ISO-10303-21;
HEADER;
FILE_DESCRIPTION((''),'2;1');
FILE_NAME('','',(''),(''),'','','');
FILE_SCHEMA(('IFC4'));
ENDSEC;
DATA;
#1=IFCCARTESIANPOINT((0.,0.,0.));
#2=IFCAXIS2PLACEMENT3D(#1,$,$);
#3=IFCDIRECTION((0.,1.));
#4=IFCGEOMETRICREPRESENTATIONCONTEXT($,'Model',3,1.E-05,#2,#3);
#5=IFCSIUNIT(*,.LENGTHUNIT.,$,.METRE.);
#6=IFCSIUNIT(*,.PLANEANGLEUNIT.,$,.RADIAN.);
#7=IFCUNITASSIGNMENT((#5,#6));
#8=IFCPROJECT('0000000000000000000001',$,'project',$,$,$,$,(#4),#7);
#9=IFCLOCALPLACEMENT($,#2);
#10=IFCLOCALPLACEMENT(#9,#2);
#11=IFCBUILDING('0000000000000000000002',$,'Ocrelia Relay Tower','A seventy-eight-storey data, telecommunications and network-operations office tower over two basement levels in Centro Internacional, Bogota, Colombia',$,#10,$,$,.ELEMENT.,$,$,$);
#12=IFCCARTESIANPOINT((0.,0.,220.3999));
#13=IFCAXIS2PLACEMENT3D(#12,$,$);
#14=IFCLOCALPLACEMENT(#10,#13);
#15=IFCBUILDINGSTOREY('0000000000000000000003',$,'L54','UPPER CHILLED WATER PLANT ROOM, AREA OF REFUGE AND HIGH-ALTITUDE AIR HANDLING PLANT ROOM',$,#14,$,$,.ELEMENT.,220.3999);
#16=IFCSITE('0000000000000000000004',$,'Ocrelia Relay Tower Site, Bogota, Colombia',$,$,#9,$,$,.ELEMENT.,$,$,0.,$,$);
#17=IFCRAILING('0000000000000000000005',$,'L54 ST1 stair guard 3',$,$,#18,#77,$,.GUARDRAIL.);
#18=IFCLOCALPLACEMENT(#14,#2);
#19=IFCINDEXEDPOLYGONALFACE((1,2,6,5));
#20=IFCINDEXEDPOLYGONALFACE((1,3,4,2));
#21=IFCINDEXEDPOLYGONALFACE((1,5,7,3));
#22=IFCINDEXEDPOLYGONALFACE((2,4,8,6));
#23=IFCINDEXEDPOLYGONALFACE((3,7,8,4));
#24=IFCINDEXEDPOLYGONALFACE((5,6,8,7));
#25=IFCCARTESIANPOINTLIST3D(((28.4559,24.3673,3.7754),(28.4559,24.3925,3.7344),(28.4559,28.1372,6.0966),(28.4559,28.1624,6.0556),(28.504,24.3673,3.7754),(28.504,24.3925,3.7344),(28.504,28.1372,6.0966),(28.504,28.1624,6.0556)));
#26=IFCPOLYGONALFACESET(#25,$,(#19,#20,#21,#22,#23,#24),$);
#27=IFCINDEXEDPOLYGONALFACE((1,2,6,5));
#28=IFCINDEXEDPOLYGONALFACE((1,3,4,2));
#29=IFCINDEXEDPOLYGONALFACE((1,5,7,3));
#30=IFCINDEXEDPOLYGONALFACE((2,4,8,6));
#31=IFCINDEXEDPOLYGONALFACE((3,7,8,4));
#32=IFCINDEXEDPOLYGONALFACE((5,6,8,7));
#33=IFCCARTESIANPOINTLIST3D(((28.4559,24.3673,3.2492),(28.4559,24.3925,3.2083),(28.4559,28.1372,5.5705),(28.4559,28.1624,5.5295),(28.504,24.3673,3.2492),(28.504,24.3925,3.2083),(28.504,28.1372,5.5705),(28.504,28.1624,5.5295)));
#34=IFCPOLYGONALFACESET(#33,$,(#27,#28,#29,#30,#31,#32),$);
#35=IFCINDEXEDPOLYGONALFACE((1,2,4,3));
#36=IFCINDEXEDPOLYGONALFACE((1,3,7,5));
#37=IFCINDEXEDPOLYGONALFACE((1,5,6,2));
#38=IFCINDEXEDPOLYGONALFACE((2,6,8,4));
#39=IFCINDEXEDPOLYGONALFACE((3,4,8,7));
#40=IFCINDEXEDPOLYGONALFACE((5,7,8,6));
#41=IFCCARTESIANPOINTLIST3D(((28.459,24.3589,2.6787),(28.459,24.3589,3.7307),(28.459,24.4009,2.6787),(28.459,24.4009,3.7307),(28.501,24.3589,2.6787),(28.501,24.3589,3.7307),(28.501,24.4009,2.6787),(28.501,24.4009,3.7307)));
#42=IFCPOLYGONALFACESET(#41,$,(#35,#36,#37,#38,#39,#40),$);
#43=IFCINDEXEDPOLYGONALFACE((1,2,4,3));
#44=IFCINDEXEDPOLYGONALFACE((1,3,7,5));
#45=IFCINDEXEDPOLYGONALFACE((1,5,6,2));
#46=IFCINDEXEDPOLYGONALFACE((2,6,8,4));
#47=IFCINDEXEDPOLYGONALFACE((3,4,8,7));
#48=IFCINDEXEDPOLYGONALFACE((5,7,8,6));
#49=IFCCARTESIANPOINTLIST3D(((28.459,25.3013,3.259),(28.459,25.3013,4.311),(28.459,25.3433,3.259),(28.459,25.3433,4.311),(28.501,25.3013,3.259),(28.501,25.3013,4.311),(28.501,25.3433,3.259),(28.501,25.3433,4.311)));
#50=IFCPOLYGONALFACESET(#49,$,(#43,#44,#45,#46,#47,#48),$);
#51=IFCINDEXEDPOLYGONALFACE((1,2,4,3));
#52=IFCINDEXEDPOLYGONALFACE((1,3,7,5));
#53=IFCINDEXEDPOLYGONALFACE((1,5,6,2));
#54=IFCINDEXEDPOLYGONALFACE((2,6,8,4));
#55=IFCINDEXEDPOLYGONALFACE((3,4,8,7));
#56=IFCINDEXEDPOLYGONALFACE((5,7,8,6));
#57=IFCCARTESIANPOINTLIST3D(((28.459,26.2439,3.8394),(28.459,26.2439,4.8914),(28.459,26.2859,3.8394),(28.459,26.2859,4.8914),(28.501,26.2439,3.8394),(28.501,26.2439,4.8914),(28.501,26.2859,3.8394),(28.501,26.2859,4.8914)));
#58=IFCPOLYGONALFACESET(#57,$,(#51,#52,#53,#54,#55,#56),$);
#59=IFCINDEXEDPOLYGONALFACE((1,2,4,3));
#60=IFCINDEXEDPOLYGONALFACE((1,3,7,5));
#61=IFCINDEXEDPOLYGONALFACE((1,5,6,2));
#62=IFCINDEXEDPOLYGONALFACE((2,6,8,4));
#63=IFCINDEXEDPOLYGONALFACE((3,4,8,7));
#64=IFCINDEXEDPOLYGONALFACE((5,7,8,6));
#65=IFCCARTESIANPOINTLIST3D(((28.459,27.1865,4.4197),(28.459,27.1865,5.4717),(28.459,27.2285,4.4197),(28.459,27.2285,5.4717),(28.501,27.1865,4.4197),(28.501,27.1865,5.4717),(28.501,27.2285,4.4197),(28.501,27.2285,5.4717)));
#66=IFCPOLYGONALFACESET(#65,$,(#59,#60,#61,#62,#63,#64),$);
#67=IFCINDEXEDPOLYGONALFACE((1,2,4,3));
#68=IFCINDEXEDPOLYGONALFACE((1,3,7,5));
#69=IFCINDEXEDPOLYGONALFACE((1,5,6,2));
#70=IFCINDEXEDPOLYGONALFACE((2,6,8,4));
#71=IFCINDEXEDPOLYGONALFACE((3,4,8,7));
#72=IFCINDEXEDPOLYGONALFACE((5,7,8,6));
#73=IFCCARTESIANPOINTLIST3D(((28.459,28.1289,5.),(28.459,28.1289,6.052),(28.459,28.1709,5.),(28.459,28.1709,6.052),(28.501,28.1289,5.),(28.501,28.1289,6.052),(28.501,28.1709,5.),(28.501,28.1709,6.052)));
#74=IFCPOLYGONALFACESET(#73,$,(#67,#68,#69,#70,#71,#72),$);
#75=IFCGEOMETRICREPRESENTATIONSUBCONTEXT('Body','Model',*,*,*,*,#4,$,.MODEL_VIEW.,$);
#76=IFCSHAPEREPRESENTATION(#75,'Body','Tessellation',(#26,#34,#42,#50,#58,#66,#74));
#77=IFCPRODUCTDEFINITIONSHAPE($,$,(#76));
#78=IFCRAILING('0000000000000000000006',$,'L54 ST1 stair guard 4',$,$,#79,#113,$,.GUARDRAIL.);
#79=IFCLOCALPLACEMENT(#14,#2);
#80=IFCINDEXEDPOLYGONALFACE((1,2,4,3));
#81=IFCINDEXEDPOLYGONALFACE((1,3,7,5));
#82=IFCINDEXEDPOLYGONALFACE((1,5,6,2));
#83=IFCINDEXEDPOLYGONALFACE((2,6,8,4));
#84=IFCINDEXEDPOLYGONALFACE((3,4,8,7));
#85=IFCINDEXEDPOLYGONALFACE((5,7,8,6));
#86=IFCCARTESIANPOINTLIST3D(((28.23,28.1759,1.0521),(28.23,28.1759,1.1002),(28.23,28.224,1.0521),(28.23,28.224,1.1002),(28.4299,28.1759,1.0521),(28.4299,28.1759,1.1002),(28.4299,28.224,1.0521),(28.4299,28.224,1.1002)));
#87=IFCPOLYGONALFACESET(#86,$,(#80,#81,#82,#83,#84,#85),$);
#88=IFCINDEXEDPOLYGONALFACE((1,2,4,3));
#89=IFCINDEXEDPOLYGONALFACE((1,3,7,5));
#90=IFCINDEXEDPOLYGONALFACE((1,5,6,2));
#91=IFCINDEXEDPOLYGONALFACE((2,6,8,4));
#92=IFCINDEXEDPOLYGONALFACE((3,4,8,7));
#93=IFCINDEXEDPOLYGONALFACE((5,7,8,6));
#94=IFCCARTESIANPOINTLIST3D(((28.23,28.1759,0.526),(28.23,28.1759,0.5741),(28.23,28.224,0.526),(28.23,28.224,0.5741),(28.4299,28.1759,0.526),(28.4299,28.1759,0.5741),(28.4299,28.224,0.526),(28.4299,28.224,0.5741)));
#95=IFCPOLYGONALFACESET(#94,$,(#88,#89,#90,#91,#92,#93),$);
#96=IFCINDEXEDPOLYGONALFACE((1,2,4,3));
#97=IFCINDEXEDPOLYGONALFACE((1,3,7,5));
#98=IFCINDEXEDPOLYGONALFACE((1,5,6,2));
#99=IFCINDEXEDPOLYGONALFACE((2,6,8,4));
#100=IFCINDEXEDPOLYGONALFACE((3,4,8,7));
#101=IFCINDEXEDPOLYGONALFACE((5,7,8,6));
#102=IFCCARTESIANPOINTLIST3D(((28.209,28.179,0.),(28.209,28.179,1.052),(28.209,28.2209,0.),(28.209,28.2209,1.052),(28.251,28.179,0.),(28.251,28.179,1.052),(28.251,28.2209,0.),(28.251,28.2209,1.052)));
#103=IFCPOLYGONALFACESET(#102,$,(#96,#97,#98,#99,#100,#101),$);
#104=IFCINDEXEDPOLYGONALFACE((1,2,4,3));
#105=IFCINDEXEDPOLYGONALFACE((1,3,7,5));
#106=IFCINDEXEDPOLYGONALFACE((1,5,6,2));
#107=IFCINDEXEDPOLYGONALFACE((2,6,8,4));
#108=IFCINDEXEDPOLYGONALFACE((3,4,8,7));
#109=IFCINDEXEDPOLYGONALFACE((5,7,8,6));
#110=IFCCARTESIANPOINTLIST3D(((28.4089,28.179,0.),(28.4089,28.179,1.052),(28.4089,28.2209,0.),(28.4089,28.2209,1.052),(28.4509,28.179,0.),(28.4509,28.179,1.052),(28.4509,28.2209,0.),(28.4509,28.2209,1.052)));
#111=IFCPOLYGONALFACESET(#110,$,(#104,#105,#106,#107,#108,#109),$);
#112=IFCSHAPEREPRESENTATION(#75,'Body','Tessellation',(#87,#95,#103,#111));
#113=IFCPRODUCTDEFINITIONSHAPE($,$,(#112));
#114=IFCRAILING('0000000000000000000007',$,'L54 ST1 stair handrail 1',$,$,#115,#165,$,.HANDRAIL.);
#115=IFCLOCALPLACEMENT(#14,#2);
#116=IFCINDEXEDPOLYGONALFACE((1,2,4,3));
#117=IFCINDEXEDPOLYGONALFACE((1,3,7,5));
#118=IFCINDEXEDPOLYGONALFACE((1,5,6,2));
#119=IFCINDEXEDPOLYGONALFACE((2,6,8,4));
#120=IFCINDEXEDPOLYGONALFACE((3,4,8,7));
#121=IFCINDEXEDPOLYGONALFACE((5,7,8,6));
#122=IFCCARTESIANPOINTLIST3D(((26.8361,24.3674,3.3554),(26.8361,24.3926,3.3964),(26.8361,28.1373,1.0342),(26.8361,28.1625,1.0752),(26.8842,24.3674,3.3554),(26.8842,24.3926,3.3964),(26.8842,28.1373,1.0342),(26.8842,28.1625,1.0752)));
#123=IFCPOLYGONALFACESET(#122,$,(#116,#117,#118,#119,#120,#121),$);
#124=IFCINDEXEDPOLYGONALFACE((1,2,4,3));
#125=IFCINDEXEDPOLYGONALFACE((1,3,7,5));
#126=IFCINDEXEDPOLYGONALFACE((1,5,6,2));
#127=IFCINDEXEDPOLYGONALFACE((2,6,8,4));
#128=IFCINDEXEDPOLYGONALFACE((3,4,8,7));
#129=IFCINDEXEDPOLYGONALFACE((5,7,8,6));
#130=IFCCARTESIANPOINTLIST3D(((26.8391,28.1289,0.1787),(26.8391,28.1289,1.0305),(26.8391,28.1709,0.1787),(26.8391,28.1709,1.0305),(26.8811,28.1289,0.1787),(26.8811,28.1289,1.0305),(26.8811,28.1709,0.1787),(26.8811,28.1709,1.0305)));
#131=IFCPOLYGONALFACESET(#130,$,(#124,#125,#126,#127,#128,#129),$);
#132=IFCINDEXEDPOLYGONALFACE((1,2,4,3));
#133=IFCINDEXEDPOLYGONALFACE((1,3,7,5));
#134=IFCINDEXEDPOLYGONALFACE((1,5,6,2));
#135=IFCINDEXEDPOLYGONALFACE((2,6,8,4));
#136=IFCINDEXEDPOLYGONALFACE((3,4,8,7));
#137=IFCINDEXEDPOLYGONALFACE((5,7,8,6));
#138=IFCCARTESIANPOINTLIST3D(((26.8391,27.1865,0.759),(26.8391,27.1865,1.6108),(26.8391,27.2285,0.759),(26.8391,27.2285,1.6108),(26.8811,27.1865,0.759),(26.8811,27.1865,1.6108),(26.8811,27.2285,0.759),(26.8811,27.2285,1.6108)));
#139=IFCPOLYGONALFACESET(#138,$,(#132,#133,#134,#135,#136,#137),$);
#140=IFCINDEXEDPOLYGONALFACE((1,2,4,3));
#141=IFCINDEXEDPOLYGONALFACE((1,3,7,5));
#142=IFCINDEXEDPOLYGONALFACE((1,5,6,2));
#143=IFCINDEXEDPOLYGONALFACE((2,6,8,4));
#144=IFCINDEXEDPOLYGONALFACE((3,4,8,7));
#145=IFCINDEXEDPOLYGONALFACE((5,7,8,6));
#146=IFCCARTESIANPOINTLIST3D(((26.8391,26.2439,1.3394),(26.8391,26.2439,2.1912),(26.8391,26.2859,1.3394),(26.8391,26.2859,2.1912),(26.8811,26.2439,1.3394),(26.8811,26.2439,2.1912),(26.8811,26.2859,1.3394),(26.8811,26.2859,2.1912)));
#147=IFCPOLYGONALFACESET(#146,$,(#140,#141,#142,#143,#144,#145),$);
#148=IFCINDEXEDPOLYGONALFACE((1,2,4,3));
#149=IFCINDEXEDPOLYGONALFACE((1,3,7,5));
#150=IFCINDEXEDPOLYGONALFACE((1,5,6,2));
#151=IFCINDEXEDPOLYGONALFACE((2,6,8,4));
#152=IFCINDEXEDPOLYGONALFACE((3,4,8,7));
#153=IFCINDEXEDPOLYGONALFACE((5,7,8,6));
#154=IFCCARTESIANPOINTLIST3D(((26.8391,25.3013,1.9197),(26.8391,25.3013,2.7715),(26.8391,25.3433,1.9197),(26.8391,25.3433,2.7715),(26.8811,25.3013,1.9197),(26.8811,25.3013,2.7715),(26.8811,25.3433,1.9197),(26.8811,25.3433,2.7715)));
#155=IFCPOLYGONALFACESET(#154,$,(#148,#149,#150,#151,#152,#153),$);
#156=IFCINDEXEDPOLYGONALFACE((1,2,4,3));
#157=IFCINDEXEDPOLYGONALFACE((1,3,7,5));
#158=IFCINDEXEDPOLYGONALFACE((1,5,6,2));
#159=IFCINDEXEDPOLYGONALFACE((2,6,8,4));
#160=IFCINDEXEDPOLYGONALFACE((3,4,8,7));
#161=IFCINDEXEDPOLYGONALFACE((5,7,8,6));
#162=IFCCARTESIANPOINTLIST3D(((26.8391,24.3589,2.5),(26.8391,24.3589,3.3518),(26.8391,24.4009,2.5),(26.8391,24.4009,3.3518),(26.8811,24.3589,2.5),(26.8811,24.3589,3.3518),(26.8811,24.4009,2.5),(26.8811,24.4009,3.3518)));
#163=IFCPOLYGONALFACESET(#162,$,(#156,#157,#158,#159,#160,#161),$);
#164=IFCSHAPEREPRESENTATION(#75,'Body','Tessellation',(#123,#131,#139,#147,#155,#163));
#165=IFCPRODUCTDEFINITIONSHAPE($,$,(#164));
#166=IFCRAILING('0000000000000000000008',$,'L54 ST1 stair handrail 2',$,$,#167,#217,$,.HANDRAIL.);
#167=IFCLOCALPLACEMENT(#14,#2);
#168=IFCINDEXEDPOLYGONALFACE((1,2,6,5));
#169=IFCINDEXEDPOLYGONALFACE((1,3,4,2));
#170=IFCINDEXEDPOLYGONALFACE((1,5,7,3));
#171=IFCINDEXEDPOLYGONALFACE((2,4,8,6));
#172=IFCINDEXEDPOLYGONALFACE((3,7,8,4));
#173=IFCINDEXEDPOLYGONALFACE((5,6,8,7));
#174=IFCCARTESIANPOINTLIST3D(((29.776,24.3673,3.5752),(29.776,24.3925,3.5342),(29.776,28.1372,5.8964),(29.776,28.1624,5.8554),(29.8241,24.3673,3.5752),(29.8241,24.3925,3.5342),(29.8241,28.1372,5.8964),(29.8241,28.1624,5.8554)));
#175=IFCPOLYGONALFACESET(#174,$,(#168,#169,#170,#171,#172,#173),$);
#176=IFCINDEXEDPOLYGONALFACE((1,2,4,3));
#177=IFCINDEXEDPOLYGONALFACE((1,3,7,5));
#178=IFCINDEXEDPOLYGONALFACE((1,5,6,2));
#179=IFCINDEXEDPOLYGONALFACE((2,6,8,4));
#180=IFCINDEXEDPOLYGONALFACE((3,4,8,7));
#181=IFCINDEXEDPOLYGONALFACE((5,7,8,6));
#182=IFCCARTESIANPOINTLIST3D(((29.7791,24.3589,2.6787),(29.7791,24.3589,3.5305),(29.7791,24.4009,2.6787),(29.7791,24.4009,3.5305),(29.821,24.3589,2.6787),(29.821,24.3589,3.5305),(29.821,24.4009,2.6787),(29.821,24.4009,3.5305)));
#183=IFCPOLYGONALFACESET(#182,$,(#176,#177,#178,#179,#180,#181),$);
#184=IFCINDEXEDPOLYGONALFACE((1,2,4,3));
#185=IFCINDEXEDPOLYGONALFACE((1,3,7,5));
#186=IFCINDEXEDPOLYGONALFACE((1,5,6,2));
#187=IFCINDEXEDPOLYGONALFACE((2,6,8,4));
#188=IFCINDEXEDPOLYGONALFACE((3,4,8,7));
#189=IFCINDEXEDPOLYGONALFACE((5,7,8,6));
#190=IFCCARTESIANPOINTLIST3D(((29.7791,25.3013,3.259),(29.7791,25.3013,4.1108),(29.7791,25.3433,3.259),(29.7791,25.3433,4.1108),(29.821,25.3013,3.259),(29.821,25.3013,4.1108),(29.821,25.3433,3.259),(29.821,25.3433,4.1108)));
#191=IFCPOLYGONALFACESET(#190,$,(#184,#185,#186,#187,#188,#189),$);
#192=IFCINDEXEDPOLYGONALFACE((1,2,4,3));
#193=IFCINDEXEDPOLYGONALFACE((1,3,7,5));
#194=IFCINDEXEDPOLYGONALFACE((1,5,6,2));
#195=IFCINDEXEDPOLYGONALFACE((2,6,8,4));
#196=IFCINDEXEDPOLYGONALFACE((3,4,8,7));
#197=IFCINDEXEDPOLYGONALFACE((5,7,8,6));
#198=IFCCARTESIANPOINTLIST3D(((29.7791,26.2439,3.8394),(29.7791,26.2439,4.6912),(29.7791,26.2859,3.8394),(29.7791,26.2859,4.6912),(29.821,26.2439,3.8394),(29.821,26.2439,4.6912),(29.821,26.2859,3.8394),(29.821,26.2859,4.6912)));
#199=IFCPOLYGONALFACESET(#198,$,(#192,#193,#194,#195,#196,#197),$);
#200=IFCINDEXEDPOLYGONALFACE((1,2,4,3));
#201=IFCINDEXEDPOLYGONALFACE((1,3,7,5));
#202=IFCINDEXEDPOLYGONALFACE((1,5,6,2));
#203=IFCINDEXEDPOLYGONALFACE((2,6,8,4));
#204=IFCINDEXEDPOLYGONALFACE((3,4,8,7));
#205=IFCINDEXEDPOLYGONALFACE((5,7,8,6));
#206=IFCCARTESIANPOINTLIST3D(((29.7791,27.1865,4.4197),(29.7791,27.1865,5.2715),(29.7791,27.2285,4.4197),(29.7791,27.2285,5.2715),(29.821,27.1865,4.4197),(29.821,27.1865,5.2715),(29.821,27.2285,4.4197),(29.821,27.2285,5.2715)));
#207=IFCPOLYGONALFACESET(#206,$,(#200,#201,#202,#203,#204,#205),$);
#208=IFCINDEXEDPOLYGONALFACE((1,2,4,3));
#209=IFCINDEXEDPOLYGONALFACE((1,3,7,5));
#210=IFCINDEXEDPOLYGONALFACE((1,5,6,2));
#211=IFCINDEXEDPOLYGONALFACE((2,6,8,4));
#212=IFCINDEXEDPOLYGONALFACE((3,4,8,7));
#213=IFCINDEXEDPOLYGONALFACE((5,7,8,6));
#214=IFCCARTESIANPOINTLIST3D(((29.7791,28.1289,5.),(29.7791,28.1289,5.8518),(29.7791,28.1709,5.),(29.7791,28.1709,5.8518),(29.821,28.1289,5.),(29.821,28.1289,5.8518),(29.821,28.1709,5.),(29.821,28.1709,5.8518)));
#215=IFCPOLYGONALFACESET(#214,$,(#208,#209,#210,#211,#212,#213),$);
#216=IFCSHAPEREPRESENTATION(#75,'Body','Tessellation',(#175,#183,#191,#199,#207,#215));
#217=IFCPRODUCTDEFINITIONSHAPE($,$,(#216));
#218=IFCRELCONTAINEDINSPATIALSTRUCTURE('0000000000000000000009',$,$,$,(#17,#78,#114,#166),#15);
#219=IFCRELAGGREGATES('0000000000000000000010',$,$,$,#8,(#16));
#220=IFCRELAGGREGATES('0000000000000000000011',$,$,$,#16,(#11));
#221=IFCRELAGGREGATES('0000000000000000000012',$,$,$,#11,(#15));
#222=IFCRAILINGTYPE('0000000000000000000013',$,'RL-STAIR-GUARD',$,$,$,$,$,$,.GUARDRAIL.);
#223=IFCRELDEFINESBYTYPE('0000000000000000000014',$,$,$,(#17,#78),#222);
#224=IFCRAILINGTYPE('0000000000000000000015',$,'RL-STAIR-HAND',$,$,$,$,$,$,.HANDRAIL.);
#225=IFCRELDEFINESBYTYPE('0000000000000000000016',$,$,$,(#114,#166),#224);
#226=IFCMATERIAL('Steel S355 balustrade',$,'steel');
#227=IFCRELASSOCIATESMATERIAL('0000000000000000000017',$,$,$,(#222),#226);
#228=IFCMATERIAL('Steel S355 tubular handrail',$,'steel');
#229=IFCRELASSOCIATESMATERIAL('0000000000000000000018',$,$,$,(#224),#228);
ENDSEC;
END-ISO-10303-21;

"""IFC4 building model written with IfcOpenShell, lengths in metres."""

from ifc_helpers import new_model, si_unit, direction, frame, origin, origin_2d, place, context, subcontext, project, spatial, rectangle, extrude, material, type_object, element, save


model = new_model("IFC4")

# Units and contexts
model_context = context("Model", 3, precision=1e-05, world=origin(), true_north=direction((0.0, 1.0)))
body_context = subcontext(model_context, "Body", "Model", "MODEL_VIEW")
ifc_project = project(units=[si_unit("LENGTHUNIT", "METRE"), si_unit("PLANEANGLEUNIT", "RADIAN")], contexts=[model_context])

# Site, building, storey
site_placement = place(None, origin())
site = spatial("IfcSite", under=ifc_project, at=site_placement, Name="Ocrelia Relay Tower Site, Bogota, Colombia", CompositionType="ELEMENT", RefElevation=0.0)
building_placement = place(site_placement, origin())
building = spatial("IfcBuilding", under=site, at=building_placement, Name="Ocrelia Relay Tower", Description="A seventy-eight-storey data, telecommunications and network-operations office tower over two basement levels in Centro Internacional, Bogota, Colombia", CompositionType="ELEMENT")
storey_placement = place(building_placement, frame((0.0, 0.0, 220.3999)))
storey = spatial("IfcBuildingStorey", under=building, at=storey_placement, Name="L54", Description="UPPER CHILLED WATER PLANT ROOM, AREA OF REFUGE AND HIGH-ALTITUDE AIR HANDLING PLANT ROOM", CompositionType="ELEMENT", Elevation=220.3999)

# Railings
ifc_material_1 = material(Name="Steel S355 balustrade", Category="steel")
railing_type_1 = type_object("IfcRailingType", Name="RL-STAIR-GUARD", PredefinedType="GUARDRAIL", material=ifc_material_1)
railing_1_placement = place(storey_placement, frame((28.48, 24.3799, 2.6787)))
element("IfcRailing", 1, at=railing_1_placement, inside=storey, type_object=railing_type_1, Name="L54 ST1 stair guard 3", PredefinedType="GUARDRAIL", context=body_context, shape_type="SweptSolid", body=[
    extrude(rectangle(XDim=0.0481, YDim=0.0481, at=origin_2d()), frame((0.0, 0.0, 1.0762), z_axis=(0.0, 0.85153, 0.524307), x_axis=(-1.0, 0.0, 0.0)), (0.0, 0.0, 1.0), 4.4272),
    extrude(rectangle(XDim=0.0481, YDim=0.0481, at=origin_2d()), frame((0.0, 0.0, 0.55), z_axis=(0.0, 0.85153, 0.524307), x_axis=(-1.0, 0.0, 0.0)), (0.0, 0.0, 1.0), 4.4272),
    extrude(rectangle(XDim=0.042, YDim=0.042, at=origin_2d()), origin(), (0.0, 0.0, 1.0), 1.052),
    extrude(rectangle(XDim=0.042, YDim=0.042, at=origin_2d()), frame((0.0, 0.9424, 0.5803)), (0.0, 0.0, 1.0), 1.052),
    extrude(rectangle(XDim=0.042, YDim=0.042, at=origin_2d()), frame((0.0, 1.885, 1.1606)), (0.0, 0.0, 1.0), 1.052),
    extrude(rectangle(XDim=0.042, YDim=0.042, at=origin_2d()), frame((0.0, 2.8276, 1.741)), (0.0, 0.0, 1.0), 1.052),
    extrude(rectangle(XDim=0.042, YDim=0.042, at=origin_2d()), frame((0.0, 3.77, 2.3213)), (0.0, 0.0, 1.0), 1.052),
])
railing_2_placement = place(storey_placement, frame((28.23, 28.2, 0.0)))
element("IfcRailing", 2, at=railing_2_placement, inside=storey, type_object=railing_type_1, Name="L54 ST1 stair guard 4", PredefinedType="GUARDRAIL", context=body_context, shape_type="SweptSolid", body=[
    extrude(rectangle(XDim=0.0481, YDim=0.0481, at=origin_2d()), frame((0.0, 0.0, 1.0762), z_axis=(1.0, 0.0, 0.0), x_axis=(0.0, 1.0, 0.0)), (0.0, 0.0, 1.0), 0.2),
    extrude(rectangle(XDim=0.0481, YDim=0.0481, at=origin_2d()), frame((0.0, 0.0, 0.55), z_axis=(1.0, 0.0, 0.0), x_axis=(0.0, 1.0, 0.0)), (0.0, 0.0, 1.0), 0.2),
    extrude(rectangle(XDim=0.042, YDim=0.042, at=origin_2d()), origin(), (0.0, 0.0, 1.0), 1.052),
    extrude(rectangle(XDim=0.042, YDim=0.042, at=origin_2d()), frame((0.2, 0.0, 0.0)), (0.0, 0.0, 1.0), 1.052),
])
ifc_material_2 = material(Name="Steel S355 tubular handrail", Category="steel")
railing_type_2 = type_object("IfcRailingType", Name="RL-STAIR-HAND", PredefinedType="HANDRAIL", material=ifc_material_2)
railing_3_placement = place(storey_placement, frame((26.8601, 28.1499, 0.1787)))
element("IfcRailing", 3, at=railing_3_placement, inside=storey, type_object=railing_type_2, Name="L54 ST1 stair handrail 1", PredefinedType="HANDRAIL", context=body_context, shape_type="SweptSolid", body=[
    extrude(rectangle(XDim=0.0481, YDim=0.0481, at=origin_2d()), frame((0.0, 0.0, 0.876), z_axis=(0.0, -0.85153, 0.524307), x_axis=(1.0, 0.0, 0.0)), (0.0, 0.0, 1.0), 4.4272),
    extrude(rectangle(XDim=0.042, YDim=0.042, at=origin_2d()), origin(), (0.0, 0.0, 1.0), 0.8518),
    extrude(rectangle(XDim=0.042, YDim=0.042, at=origin_2d()), frame((0.0, -0.9424, 0.5803)), (0.0, 0.0, 1.0), 0.8518),
    extrude(rectangle(XDim=0.042, YDim=0.042, at=origin_2d()), frame((0.0, -1.885, 1.1606)), (0.0, 0.0, 1.0), 0.8518),
    extrude(rectangle(XDim=0.042, YDim=0.042, at=origin_2d()), frame((0.0, -2.8276, 1.741)), (0.0, 0.0, 1.0), 0.8518),
    extrude(rectangle(XDim=0.042, YDim=0.042, at=origin_2d()), frame((0.0, -3.77, 2.3213)), (0.0, 0.0, 1.0), 0.8518),
])
railing_4_placement = place(storey_placement, frame((29.8, 24.3799, 2.6787)))
element("IfcRailing", 4, at=railing_4_placement, inside=storey, type_object=railing_type_2, Name="L54 ST1 stair handrail 2", PredefinedType="HANDRAIL", context=body_context, shape_type="SweptSolid", body=[
    extrude(rectangle(XDim=0.0481, YDim=0.0481, at=origin_2d()), frame((0.0, 0.0, 0.876), z_axis=(0.0, 0.85153, 0.524307), x_axis=(-1.0, 0.0, 0.0)), (0.0, 0.0, 1.0), 4.4272),
    extrude(rectangle(XDim=0.042, YDim=0.042, at=origin_2d()), origin(), (0.0, 0.0, 1.0), 0.8518),
    extrude(rectangle(XDim=0.042, YDim=0.042, at=origin_2d()), frame((0.0, 0.9424, 0.5803)), (0.0, 0.0, 1.0), 0.8518),
    extrude(rectangle(XDim=0.042, YDim=0.042, at=origin_2d()), frame((0.0, 1.885, 1.1606)), (0.0, 0.0, 1.0), 0.8518),
    extrude(rectangle(XDim=0.042, YDim=0.042, at=origin_2d()), frame((0.0, 2.8276, 1.741)), (0.0, 0.0, 1.0), 0.8518),
    extrude(rectangle(XDim=0.042, YDim=0.042, at=origin_2d()), frame((0.0, 3.77, 2.3213)), (0.0, 0.0, 1.0), 0.8518),
])

save(model, "model.ifc")
